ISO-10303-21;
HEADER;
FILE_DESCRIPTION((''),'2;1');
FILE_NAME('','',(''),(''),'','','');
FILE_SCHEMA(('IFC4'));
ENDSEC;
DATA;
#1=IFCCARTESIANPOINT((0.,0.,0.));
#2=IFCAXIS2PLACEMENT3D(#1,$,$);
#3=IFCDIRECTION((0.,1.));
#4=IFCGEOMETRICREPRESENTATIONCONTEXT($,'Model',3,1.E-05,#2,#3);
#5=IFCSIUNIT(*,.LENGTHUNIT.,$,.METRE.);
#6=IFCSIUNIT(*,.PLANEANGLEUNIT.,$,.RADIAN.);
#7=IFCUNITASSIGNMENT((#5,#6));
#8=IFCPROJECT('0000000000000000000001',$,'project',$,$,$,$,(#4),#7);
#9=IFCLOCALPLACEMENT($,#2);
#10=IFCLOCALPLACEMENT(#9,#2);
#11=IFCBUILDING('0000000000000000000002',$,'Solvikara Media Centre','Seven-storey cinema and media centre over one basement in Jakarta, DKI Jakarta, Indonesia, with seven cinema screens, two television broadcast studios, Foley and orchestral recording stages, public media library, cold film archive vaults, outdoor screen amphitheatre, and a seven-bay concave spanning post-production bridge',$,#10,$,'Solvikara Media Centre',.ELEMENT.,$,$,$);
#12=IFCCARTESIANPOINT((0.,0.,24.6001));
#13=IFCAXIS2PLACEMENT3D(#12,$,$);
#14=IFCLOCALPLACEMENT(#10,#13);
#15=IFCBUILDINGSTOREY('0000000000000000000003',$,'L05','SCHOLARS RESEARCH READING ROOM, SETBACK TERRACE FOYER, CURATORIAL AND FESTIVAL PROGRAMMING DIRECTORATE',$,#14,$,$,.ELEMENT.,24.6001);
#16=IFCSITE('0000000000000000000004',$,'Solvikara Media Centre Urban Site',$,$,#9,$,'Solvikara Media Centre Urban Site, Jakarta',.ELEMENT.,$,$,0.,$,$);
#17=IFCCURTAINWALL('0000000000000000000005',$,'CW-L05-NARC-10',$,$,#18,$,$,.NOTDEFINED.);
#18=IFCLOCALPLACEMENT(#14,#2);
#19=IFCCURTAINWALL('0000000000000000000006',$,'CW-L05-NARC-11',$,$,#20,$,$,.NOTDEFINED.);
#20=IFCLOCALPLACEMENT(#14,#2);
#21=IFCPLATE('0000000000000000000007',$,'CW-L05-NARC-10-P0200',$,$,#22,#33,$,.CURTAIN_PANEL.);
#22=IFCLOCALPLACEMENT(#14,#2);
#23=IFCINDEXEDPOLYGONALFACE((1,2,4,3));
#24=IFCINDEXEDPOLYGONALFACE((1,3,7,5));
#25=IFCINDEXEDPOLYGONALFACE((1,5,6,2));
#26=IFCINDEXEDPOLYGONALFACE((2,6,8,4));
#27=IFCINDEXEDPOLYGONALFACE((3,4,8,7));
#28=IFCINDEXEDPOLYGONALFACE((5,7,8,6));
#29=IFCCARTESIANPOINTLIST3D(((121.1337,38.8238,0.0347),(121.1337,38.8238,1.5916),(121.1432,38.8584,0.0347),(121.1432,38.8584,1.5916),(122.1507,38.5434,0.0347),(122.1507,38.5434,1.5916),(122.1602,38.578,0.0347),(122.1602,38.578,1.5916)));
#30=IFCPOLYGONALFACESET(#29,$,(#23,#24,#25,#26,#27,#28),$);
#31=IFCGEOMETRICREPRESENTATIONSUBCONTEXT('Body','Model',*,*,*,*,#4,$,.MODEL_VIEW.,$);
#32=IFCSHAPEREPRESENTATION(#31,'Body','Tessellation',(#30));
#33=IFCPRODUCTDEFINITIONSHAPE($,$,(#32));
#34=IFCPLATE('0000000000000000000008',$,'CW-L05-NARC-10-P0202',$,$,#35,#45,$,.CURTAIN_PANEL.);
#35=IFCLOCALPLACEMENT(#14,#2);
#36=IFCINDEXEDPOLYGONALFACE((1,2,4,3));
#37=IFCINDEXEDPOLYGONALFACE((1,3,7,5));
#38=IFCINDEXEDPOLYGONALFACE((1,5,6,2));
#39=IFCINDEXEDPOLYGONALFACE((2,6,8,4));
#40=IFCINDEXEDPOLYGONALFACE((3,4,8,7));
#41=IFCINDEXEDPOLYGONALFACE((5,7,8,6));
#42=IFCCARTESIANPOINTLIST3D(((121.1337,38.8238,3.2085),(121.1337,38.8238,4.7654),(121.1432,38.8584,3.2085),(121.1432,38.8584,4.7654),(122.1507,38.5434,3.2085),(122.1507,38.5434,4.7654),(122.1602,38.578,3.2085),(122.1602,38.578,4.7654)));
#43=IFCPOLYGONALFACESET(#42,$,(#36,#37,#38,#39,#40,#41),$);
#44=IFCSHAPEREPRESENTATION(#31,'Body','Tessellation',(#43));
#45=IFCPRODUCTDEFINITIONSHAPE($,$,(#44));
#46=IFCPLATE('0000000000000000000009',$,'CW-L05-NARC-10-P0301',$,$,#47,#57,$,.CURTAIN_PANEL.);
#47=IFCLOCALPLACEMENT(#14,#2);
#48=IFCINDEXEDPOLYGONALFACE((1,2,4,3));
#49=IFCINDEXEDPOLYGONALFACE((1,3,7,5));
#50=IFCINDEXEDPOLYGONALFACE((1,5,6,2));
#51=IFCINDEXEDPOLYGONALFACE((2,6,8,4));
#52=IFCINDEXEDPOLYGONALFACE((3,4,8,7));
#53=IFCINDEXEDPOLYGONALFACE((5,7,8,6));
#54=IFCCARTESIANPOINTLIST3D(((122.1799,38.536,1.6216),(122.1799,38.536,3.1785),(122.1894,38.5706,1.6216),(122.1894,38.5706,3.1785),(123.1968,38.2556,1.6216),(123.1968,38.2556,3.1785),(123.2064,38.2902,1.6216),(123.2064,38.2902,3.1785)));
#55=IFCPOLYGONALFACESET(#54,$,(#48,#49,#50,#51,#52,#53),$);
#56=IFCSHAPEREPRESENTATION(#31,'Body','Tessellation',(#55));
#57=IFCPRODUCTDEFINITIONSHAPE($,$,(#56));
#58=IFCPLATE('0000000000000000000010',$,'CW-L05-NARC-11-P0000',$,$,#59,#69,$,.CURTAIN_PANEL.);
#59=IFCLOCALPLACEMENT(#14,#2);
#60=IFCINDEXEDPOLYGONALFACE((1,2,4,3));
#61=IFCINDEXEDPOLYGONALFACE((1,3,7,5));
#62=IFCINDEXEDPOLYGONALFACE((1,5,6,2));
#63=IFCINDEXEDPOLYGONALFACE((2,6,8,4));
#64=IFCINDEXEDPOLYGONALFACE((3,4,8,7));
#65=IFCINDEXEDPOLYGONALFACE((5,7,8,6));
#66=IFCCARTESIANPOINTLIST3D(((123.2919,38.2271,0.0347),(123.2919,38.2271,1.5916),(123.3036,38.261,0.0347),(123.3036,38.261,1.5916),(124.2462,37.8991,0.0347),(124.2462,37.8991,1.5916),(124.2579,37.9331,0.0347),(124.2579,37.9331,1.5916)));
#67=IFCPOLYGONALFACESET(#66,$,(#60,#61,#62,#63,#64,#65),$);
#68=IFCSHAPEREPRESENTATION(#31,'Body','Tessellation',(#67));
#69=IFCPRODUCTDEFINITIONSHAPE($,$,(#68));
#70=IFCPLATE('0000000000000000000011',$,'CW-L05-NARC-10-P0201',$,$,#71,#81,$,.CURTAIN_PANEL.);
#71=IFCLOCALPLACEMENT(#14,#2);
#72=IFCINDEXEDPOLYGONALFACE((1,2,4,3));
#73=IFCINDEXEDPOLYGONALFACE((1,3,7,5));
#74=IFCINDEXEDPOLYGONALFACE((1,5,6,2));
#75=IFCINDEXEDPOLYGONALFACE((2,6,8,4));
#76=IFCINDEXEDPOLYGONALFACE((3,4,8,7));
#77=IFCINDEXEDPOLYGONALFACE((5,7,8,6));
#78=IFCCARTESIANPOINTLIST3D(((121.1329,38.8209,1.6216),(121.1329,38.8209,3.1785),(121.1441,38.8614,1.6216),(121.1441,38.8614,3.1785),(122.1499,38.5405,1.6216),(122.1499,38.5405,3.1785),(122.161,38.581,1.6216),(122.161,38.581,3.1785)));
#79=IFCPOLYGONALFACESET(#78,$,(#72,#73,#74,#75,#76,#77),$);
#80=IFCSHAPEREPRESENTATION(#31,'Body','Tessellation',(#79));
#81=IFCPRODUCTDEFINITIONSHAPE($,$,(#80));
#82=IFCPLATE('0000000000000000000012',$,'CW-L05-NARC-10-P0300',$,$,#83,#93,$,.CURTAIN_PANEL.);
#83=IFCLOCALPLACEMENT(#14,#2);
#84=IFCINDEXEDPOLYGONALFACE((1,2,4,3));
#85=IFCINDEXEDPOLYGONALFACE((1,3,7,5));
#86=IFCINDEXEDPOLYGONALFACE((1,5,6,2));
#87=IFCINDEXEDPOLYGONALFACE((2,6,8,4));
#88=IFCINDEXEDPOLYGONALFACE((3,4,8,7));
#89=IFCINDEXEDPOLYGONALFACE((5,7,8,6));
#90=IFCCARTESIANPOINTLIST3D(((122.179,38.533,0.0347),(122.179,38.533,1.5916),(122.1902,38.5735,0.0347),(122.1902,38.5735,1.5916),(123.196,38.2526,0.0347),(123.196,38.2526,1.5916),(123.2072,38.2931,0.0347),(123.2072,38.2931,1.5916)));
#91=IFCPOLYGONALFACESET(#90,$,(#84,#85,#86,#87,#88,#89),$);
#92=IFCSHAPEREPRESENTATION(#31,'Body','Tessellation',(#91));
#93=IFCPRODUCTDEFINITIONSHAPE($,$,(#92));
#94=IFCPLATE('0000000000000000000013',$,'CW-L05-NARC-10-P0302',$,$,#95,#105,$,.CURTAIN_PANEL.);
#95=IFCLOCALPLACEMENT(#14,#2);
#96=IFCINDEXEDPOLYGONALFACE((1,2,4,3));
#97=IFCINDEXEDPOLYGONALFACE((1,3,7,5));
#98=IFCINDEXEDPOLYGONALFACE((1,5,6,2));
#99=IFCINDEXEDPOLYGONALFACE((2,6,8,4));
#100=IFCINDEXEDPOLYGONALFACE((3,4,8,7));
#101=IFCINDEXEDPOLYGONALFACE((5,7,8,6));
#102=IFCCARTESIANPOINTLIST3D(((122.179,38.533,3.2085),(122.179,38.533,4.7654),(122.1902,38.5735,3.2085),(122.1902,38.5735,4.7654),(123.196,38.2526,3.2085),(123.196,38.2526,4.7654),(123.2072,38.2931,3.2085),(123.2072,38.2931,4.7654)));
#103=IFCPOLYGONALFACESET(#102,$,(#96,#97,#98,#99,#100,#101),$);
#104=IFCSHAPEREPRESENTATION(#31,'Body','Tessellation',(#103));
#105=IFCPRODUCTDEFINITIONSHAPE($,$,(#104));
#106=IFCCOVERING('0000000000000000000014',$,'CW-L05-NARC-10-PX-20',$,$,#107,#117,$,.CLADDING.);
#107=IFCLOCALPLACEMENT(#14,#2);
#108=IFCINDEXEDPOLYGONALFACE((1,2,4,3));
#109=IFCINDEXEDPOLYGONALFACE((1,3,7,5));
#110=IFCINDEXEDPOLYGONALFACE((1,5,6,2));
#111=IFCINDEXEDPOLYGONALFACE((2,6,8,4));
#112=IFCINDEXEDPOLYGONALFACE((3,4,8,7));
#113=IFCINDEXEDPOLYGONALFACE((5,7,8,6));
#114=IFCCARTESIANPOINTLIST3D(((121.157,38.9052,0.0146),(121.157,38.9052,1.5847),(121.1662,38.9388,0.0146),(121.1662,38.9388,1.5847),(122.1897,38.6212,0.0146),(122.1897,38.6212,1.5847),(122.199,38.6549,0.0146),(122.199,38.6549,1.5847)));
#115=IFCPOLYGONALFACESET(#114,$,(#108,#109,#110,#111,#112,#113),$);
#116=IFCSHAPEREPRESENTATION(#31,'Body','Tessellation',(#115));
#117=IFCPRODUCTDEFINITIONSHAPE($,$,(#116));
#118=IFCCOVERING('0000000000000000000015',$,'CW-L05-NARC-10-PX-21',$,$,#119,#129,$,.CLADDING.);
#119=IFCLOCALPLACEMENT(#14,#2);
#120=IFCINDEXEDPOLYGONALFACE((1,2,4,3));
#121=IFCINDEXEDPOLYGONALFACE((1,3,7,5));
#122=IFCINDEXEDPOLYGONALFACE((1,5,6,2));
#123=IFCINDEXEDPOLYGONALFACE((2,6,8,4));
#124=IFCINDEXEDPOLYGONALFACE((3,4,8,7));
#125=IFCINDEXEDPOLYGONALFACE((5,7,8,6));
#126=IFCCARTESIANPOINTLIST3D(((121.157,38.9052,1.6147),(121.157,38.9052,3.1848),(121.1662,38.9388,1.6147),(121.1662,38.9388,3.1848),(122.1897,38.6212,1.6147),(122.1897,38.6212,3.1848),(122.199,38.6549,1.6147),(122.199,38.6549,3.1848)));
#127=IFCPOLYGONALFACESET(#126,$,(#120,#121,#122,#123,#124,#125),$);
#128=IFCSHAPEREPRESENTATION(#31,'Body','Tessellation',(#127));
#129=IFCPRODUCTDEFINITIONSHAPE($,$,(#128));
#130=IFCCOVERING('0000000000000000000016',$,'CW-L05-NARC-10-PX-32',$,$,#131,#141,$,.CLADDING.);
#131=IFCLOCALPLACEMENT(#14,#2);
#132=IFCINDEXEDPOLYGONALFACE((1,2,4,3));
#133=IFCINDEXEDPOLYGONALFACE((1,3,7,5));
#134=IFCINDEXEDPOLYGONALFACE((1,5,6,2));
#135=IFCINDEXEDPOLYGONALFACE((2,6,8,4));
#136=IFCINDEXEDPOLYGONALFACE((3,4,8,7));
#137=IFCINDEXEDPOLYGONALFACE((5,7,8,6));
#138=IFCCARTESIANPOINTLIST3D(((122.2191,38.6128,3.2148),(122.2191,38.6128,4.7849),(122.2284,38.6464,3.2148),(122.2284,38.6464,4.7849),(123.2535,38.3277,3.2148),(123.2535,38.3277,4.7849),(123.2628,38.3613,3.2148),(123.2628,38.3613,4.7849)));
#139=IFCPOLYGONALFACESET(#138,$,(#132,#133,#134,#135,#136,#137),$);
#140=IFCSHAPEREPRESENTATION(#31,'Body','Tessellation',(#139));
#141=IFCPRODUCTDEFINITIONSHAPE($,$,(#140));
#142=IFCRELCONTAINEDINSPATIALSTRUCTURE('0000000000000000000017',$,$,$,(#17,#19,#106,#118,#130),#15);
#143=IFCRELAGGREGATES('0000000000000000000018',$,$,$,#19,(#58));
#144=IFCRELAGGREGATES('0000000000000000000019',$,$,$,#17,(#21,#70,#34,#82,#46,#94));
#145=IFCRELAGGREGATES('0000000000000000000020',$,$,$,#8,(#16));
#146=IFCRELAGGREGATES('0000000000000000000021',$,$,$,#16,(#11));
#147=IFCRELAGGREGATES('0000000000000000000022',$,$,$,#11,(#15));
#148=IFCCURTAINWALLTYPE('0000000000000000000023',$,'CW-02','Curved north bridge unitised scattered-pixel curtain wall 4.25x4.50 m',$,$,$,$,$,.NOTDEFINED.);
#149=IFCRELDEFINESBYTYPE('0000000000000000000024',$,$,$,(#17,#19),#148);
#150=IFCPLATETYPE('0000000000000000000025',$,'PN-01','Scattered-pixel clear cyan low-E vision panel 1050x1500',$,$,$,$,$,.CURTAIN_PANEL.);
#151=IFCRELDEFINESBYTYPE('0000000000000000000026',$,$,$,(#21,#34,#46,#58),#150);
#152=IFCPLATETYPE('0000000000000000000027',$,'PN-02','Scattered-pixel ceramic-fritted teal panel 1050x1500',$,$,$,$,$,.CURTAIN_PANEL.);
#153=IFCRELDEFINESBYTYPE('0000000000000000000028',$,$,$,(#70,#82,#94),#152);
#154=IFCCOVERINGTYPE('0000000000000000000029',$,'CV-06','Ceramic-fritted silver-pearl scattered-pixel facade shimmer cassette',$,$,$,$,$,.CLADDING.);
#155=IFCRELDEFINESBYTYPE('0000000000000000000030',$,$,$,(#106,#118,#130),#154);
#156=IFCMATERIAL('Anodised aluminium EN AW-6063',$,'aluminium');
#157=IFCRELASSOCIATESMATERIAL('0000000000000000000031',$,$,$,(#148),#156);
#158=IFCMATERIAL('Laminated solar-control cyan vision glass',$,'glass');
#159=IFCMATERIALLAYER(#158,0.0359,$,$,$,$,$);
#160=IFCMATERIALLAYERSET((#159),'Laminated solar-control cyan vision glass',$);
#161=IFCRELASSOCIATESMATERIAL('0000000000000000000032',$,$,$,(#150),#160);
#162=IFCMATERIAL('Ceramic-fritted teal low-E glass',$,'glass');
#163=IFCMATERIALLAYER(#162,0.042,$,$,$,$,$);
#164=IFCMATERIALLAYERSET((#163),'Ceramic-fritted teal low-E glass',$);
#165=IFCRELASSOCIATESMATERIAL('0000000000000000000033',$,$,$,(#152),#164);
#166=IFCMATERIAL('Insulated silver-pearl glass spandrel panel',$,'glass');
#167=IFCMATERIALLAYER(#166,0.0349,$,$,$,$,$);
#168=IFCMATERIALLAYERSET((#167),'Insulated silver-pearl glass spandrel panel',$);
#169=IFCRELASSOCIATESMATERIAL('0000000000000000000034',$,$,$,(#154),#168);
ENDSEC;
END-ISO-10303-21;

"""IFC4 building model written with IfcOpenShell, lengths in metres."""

from ifc_helpers import new_model, si_unit, direction, frame, origin, origin_2d, place, context, subcontext, project, spatial, rectangle, extrude, material, layer, layer_set, type_object, element, aggregate, save


model = new_model("IFC4")

# Units and contexts
model_context = context("Model", 3, precision=1e-05, world=origin(), true_north=direction((0.0, 1.0)))
body_context = subcontext(model_context, "Body", "Model", "MODEL_VIEW")
ifc_project = project(units=[si_unit("LENGTHUNIT", "METRE"), si_unit("PLANEANGLEUNIT", "RADIAN")], contexts=[model_context])

# Site, building, storey
site_placement = place(None, origin())
site = spatial("IfcSite", under=ifc_project, at=site_placement, Name="Solvikara Media Centre Urban Site", LongName="Solvikara Media Centre Urban Site, Jakarta", CompositionType="ELEMENT", RefElevation=0.0)
building_placement = place(site_placement, origin())
building = spatial("IfcBuilding", under=site, at=building_placement, Name="Solvikara Media Centre", Description="Seven-storey cinema and media centre over one basement in Jakarta, DKI Jakarta, Indonesia, with seven cinema screens, two television broadcast studios, Foley and orchestral recording stages, public media library, cold film archive vaults, outdoor screen amphitheatre, and a seven-bay concave spanning post-production bridge", LongName="Solvikara Media Centre", CompositionType="ELEMENT")
storey_placement = place(building_placement, frame((0.0, 0.0, 24.6001)))
storey = spatial("IfcBuildingStorey", under=building, at=storey_placement, Name="L05", Description="SCHOLARS RESEARCH READING ROOM, SETBACK TERRACE FOYER, CURATORIAL AND FESTIVAL PROGRAMMING DIRECTORATE", CompositionType="ELEMENT", Elevation=24.6001)

# Curtain walls
ifc_material_1 = material(Name="Anodised aluminium EN AW-6063", Category="aluminium")
curtain_wall_type = type_object("IfcCurtainWallType", Name="CW-02", Description="Curved north bridge unitised scattered-pixel curtain wall 4.25x4.50 m", PredefinedType="NOTDEFINED", material=ifc_material_1)
curtain_wall_1_placement = place(storey_placement, origin())
curtain_wall_1 = element("IfcCurtainWall", 1, at=curtain_wall_1_placement, inside=storey, type_object=curtain_wall_type, Name="CW-L05-NARC-10", PredefinedType="NOTDEFINED")
curtain_wall_2_placement = place(storey_placement, origin())
curtain_wall_2 = element("IfcCurtainWall", 2, at=curtain_wall_2_placement, inside=storey, type_object=curtain_wall_type, Name="CW-L05-NARC-11", PredefinedType="NOTDEFINED")

# Plates
ifc_material_2 = material(Name="Laminated solar-control cyan vision glass", Category="glass")
ifc_layer_1 = layer(ifc_material_2, 0.0359)
ifc_layer_set_1 = layer_set([ifc_layer_1], Name="Laminated solar-control cyan vision glass")
plate_type_1 = type_object("IfcPlateType", Name="PN-01", Description="Scattered-pixel clear cyan low-E vision panel 1050x1500", PredefinedType="CURTAIN_PANEL", material=ifc_layer_set_1)
plate_1_placement = place(storey_placement, frame((121.647, 38.7009, 0.0347), z_axis=(0.0, 0.0, 1.0), x_axis=(0.96403, -0.265792, 0.0)))
plate_1 = element("IfcPlate", 3, at=plate_1_placement, type_object=plate_type_1, Name="CW-L05-NARC-10-P0200", PredefinedType="CURTAIN_PANEL", context=body_context, shape_type="SweptSolid", body=[
    extrude(rectangle(XDim=1.0549, YDim=0.0359, at=origin_2d()), origin(), (0.0, 0.0, 1.0), 1.5569),
])
plate_2_placement = place(storey_placement, frame((121.647, 38.7009, 3.2085), z_axis=(0.0, 0.0, 1.0), x_axis=(0.96403, -0.265792, 0.0)))
plate_2 = element("IfcPlate", 4, at=plate_2_placement, type_object=plate_type_1, Name="CW-L05-NARC-10-P0202", PredefinedType="CURTAIN_PANEL", context=body_context, shape_type="SweptSolid", body=[
    extrude(rectangle(XDim=1.0549, YDim=0.0359, at=origin_2d()), origin(), (0.0, 0.0, 1.0), 1.5569),
])
plate_3_placement = place(storey_placement, frame((122.6931, 38.4131, 1.6216), z_axis=(0.0, 0.0, 1.0), x_axis=(0.96403, -0.265792, 0.0)))
plate_3 = element("IfcPlate", 5, at=plate_3_placement, type_object=plate_type_1, Name="CW-L05-NARC-10-P0301", PredefinedType="CURTAIN_PANEL", context=body_context, shape_type="SweptSolid", body=[
    extrude(rectangle(XDim=1.0549, YDim=0.0359, at=origin_2d()), origin(), (0.0, 0.0, 1.0), 1.5569),
])
plate_4_placement = place(storey_placement, frame((123.7749, 38.0801, 0.0347), z_axis=(0.0, 0.0, 1.0), x_axis=(0.945706, -0.325024, 0.0)))
plate_4 = element("IfcPlate", 6, at=plate_4_placement, type_object=plate_type_1, Name="CW-L05-NARC-11-P0000", PredefinedType="CURTAIN_PANEL", context=body_context, shape_type="SweptSolid", body=[
    extrude(rectangle(XDim=1.009, YDim=0.0359, at=origin_2d()), origin(), (0.0, 0.0, 1.0), 1.5569),
])
aggregate(curtain_wall_2, [plate_4])
ifc_material_3 = material(Name="Ceramic-fritted teal low-E glass", Category="glass")
ifc_layer_2 = layer(ifc_material_3, 0.042)
ifc_layer_set_2 = layer_set([ifc_layer_2], Name="Ceramic-fritted teal low-E glass")
plate_type_2 = type_object("IfcPlateType", Name="PN-02", Description="Scattered-pixel ceramic-fritted teal panel 1050x1500", PredefinedType="CURTAIN_PANEL", material=ifc_layer_set_2)
plate_5_placement = place(storey_placement, frame((121.647, 38.7009, 1.6216), z_axis=(0.0, 0.0, 1.0), x_axis=(0.96403, -0.265792, 0.0)))
plate_5 = element("IfcPlate", 7, at=plate_5_placement, type_object=plate_type_2, Name="CW-L05-NARC-10-P0201", PredefinedType="CURTAIN_PANEL", context=body_context, shape_type="SweptSolid", body=[
    extrude(rectangle(XDim=1.0549, YDim=0.042, at=origin_2d()), origin(), (0.0, 0.0, 1.0), 1.5569),
])
plate_6_placement = place(storey_placement, frame((122.6931, 38.4131, 0.0347), z_axis=(0.0, 0.0, 1.0), x_axis=(0.96403, -0.265792, 0.0)))
plate_6 = element("IfcPlate", 8, at=plate_6_placement, type_object=plate_type_2, Name="CW-L05-NARC-10-P0300", PredefinedType="CURTAIN_PANEL", context=body_context, shape_type="SweptSolid", body=[
    extrude(rectangle(XDim=1.0549, YDim=0.042, at=origin_2d()), origin(), (0.0, 0.0, 1.0), 1.5569),
])
plate_7_placement = place(storey_placement, frame((122.6931, 38.4131, 3.2085), z_axis=(0.0, 0.0, 1.0), x_axis=(0.96403, -0.265792, 0.0)))
plate_7 = element("IfcPlate", 9, at=plate_7_placement, type_object=plate_type_2, Name="CW-L05-NARC-10-P0302", PredefinedType="CURTAIN_PANEL", context=body_context, shape_type="SweptSolid", body=[
    extrude(rectangle(XDim=1.0549, YDim=0.042, at=origin_2d()), origin(), (0.0, 0.0, 1.0), 1.5569),
])
aggregate(curtain_wall_1, [plate_1, plate_5, plate_2, plate_6, plate_3, plate_7])

# Coverings
ifc_material_4 = material(Name="Insulated silver-pearl glass spandrel panel", Category="glass")
ifc_layer_3 = layer(ifc_material_4, 0.0349)
ifc_layer_set_3 = layer_set([ifc_layer_3], Name="Insulated silver-pearl glass spandrel panel")
covering_type = type_object("IfcCoveringType", Name="CV-06", Description="Ceramic-fritted silver-pearl scattered-pixel facade shimmer cassette", PredefinedType="CLADDING", material=ifc_layer_set_3)
for number, where, z_axis, x_axis, name in (
    (10, (121.678, 38.78, 0.0146), (0.0, 0.0, 1.0), (0.964225, -0.265085, 0.0), "CW-L05-NARC-10-PX-20"),
    (11, (121.678, 38.78, 1.6147), (0.0, 0.0, 1.0), (0.964225, -0.265085, 0.0), "CW-L05-NARC-10-PX-21"),
):
    element("IfcCovering", number, at=place(storey_placement, frame(where, z_axis=z_axis, x_axis=x_axis)), inside=storey, type_object=covering_type, Name=name, PredefinedType="CLADDING", context=body_context, shape_type="SweptSolid", body=[
        extrude(rectangle(XDim=1.071, YDim=0.0349, at=origin_2d()), origin(), (0.0, 0.0, 1.0), 1.5701),
    ])
covering_placement = place(storey_placement, frame((122.741, 38.4871, 3.2148), z_axis=(0.0, 0.0, 1.0), x_axis=(0.964049, -0.265724, 0.0)))
element("IfcCovering", 12, at=covering_placement, inside=storey, type_object=covering_type, Name="CW-L05-NARC-10-PX-32", PredefinedType="CLADDING", context=body_context, shape_type="SweptSolid", body=[
    extrude(rectangle(XDim=1.073, YDim=0.0349, at=origin_2d()), origin(), (0.0, 0.0, 1.0), 1.5701),
])

save(model, "model.ifc")
